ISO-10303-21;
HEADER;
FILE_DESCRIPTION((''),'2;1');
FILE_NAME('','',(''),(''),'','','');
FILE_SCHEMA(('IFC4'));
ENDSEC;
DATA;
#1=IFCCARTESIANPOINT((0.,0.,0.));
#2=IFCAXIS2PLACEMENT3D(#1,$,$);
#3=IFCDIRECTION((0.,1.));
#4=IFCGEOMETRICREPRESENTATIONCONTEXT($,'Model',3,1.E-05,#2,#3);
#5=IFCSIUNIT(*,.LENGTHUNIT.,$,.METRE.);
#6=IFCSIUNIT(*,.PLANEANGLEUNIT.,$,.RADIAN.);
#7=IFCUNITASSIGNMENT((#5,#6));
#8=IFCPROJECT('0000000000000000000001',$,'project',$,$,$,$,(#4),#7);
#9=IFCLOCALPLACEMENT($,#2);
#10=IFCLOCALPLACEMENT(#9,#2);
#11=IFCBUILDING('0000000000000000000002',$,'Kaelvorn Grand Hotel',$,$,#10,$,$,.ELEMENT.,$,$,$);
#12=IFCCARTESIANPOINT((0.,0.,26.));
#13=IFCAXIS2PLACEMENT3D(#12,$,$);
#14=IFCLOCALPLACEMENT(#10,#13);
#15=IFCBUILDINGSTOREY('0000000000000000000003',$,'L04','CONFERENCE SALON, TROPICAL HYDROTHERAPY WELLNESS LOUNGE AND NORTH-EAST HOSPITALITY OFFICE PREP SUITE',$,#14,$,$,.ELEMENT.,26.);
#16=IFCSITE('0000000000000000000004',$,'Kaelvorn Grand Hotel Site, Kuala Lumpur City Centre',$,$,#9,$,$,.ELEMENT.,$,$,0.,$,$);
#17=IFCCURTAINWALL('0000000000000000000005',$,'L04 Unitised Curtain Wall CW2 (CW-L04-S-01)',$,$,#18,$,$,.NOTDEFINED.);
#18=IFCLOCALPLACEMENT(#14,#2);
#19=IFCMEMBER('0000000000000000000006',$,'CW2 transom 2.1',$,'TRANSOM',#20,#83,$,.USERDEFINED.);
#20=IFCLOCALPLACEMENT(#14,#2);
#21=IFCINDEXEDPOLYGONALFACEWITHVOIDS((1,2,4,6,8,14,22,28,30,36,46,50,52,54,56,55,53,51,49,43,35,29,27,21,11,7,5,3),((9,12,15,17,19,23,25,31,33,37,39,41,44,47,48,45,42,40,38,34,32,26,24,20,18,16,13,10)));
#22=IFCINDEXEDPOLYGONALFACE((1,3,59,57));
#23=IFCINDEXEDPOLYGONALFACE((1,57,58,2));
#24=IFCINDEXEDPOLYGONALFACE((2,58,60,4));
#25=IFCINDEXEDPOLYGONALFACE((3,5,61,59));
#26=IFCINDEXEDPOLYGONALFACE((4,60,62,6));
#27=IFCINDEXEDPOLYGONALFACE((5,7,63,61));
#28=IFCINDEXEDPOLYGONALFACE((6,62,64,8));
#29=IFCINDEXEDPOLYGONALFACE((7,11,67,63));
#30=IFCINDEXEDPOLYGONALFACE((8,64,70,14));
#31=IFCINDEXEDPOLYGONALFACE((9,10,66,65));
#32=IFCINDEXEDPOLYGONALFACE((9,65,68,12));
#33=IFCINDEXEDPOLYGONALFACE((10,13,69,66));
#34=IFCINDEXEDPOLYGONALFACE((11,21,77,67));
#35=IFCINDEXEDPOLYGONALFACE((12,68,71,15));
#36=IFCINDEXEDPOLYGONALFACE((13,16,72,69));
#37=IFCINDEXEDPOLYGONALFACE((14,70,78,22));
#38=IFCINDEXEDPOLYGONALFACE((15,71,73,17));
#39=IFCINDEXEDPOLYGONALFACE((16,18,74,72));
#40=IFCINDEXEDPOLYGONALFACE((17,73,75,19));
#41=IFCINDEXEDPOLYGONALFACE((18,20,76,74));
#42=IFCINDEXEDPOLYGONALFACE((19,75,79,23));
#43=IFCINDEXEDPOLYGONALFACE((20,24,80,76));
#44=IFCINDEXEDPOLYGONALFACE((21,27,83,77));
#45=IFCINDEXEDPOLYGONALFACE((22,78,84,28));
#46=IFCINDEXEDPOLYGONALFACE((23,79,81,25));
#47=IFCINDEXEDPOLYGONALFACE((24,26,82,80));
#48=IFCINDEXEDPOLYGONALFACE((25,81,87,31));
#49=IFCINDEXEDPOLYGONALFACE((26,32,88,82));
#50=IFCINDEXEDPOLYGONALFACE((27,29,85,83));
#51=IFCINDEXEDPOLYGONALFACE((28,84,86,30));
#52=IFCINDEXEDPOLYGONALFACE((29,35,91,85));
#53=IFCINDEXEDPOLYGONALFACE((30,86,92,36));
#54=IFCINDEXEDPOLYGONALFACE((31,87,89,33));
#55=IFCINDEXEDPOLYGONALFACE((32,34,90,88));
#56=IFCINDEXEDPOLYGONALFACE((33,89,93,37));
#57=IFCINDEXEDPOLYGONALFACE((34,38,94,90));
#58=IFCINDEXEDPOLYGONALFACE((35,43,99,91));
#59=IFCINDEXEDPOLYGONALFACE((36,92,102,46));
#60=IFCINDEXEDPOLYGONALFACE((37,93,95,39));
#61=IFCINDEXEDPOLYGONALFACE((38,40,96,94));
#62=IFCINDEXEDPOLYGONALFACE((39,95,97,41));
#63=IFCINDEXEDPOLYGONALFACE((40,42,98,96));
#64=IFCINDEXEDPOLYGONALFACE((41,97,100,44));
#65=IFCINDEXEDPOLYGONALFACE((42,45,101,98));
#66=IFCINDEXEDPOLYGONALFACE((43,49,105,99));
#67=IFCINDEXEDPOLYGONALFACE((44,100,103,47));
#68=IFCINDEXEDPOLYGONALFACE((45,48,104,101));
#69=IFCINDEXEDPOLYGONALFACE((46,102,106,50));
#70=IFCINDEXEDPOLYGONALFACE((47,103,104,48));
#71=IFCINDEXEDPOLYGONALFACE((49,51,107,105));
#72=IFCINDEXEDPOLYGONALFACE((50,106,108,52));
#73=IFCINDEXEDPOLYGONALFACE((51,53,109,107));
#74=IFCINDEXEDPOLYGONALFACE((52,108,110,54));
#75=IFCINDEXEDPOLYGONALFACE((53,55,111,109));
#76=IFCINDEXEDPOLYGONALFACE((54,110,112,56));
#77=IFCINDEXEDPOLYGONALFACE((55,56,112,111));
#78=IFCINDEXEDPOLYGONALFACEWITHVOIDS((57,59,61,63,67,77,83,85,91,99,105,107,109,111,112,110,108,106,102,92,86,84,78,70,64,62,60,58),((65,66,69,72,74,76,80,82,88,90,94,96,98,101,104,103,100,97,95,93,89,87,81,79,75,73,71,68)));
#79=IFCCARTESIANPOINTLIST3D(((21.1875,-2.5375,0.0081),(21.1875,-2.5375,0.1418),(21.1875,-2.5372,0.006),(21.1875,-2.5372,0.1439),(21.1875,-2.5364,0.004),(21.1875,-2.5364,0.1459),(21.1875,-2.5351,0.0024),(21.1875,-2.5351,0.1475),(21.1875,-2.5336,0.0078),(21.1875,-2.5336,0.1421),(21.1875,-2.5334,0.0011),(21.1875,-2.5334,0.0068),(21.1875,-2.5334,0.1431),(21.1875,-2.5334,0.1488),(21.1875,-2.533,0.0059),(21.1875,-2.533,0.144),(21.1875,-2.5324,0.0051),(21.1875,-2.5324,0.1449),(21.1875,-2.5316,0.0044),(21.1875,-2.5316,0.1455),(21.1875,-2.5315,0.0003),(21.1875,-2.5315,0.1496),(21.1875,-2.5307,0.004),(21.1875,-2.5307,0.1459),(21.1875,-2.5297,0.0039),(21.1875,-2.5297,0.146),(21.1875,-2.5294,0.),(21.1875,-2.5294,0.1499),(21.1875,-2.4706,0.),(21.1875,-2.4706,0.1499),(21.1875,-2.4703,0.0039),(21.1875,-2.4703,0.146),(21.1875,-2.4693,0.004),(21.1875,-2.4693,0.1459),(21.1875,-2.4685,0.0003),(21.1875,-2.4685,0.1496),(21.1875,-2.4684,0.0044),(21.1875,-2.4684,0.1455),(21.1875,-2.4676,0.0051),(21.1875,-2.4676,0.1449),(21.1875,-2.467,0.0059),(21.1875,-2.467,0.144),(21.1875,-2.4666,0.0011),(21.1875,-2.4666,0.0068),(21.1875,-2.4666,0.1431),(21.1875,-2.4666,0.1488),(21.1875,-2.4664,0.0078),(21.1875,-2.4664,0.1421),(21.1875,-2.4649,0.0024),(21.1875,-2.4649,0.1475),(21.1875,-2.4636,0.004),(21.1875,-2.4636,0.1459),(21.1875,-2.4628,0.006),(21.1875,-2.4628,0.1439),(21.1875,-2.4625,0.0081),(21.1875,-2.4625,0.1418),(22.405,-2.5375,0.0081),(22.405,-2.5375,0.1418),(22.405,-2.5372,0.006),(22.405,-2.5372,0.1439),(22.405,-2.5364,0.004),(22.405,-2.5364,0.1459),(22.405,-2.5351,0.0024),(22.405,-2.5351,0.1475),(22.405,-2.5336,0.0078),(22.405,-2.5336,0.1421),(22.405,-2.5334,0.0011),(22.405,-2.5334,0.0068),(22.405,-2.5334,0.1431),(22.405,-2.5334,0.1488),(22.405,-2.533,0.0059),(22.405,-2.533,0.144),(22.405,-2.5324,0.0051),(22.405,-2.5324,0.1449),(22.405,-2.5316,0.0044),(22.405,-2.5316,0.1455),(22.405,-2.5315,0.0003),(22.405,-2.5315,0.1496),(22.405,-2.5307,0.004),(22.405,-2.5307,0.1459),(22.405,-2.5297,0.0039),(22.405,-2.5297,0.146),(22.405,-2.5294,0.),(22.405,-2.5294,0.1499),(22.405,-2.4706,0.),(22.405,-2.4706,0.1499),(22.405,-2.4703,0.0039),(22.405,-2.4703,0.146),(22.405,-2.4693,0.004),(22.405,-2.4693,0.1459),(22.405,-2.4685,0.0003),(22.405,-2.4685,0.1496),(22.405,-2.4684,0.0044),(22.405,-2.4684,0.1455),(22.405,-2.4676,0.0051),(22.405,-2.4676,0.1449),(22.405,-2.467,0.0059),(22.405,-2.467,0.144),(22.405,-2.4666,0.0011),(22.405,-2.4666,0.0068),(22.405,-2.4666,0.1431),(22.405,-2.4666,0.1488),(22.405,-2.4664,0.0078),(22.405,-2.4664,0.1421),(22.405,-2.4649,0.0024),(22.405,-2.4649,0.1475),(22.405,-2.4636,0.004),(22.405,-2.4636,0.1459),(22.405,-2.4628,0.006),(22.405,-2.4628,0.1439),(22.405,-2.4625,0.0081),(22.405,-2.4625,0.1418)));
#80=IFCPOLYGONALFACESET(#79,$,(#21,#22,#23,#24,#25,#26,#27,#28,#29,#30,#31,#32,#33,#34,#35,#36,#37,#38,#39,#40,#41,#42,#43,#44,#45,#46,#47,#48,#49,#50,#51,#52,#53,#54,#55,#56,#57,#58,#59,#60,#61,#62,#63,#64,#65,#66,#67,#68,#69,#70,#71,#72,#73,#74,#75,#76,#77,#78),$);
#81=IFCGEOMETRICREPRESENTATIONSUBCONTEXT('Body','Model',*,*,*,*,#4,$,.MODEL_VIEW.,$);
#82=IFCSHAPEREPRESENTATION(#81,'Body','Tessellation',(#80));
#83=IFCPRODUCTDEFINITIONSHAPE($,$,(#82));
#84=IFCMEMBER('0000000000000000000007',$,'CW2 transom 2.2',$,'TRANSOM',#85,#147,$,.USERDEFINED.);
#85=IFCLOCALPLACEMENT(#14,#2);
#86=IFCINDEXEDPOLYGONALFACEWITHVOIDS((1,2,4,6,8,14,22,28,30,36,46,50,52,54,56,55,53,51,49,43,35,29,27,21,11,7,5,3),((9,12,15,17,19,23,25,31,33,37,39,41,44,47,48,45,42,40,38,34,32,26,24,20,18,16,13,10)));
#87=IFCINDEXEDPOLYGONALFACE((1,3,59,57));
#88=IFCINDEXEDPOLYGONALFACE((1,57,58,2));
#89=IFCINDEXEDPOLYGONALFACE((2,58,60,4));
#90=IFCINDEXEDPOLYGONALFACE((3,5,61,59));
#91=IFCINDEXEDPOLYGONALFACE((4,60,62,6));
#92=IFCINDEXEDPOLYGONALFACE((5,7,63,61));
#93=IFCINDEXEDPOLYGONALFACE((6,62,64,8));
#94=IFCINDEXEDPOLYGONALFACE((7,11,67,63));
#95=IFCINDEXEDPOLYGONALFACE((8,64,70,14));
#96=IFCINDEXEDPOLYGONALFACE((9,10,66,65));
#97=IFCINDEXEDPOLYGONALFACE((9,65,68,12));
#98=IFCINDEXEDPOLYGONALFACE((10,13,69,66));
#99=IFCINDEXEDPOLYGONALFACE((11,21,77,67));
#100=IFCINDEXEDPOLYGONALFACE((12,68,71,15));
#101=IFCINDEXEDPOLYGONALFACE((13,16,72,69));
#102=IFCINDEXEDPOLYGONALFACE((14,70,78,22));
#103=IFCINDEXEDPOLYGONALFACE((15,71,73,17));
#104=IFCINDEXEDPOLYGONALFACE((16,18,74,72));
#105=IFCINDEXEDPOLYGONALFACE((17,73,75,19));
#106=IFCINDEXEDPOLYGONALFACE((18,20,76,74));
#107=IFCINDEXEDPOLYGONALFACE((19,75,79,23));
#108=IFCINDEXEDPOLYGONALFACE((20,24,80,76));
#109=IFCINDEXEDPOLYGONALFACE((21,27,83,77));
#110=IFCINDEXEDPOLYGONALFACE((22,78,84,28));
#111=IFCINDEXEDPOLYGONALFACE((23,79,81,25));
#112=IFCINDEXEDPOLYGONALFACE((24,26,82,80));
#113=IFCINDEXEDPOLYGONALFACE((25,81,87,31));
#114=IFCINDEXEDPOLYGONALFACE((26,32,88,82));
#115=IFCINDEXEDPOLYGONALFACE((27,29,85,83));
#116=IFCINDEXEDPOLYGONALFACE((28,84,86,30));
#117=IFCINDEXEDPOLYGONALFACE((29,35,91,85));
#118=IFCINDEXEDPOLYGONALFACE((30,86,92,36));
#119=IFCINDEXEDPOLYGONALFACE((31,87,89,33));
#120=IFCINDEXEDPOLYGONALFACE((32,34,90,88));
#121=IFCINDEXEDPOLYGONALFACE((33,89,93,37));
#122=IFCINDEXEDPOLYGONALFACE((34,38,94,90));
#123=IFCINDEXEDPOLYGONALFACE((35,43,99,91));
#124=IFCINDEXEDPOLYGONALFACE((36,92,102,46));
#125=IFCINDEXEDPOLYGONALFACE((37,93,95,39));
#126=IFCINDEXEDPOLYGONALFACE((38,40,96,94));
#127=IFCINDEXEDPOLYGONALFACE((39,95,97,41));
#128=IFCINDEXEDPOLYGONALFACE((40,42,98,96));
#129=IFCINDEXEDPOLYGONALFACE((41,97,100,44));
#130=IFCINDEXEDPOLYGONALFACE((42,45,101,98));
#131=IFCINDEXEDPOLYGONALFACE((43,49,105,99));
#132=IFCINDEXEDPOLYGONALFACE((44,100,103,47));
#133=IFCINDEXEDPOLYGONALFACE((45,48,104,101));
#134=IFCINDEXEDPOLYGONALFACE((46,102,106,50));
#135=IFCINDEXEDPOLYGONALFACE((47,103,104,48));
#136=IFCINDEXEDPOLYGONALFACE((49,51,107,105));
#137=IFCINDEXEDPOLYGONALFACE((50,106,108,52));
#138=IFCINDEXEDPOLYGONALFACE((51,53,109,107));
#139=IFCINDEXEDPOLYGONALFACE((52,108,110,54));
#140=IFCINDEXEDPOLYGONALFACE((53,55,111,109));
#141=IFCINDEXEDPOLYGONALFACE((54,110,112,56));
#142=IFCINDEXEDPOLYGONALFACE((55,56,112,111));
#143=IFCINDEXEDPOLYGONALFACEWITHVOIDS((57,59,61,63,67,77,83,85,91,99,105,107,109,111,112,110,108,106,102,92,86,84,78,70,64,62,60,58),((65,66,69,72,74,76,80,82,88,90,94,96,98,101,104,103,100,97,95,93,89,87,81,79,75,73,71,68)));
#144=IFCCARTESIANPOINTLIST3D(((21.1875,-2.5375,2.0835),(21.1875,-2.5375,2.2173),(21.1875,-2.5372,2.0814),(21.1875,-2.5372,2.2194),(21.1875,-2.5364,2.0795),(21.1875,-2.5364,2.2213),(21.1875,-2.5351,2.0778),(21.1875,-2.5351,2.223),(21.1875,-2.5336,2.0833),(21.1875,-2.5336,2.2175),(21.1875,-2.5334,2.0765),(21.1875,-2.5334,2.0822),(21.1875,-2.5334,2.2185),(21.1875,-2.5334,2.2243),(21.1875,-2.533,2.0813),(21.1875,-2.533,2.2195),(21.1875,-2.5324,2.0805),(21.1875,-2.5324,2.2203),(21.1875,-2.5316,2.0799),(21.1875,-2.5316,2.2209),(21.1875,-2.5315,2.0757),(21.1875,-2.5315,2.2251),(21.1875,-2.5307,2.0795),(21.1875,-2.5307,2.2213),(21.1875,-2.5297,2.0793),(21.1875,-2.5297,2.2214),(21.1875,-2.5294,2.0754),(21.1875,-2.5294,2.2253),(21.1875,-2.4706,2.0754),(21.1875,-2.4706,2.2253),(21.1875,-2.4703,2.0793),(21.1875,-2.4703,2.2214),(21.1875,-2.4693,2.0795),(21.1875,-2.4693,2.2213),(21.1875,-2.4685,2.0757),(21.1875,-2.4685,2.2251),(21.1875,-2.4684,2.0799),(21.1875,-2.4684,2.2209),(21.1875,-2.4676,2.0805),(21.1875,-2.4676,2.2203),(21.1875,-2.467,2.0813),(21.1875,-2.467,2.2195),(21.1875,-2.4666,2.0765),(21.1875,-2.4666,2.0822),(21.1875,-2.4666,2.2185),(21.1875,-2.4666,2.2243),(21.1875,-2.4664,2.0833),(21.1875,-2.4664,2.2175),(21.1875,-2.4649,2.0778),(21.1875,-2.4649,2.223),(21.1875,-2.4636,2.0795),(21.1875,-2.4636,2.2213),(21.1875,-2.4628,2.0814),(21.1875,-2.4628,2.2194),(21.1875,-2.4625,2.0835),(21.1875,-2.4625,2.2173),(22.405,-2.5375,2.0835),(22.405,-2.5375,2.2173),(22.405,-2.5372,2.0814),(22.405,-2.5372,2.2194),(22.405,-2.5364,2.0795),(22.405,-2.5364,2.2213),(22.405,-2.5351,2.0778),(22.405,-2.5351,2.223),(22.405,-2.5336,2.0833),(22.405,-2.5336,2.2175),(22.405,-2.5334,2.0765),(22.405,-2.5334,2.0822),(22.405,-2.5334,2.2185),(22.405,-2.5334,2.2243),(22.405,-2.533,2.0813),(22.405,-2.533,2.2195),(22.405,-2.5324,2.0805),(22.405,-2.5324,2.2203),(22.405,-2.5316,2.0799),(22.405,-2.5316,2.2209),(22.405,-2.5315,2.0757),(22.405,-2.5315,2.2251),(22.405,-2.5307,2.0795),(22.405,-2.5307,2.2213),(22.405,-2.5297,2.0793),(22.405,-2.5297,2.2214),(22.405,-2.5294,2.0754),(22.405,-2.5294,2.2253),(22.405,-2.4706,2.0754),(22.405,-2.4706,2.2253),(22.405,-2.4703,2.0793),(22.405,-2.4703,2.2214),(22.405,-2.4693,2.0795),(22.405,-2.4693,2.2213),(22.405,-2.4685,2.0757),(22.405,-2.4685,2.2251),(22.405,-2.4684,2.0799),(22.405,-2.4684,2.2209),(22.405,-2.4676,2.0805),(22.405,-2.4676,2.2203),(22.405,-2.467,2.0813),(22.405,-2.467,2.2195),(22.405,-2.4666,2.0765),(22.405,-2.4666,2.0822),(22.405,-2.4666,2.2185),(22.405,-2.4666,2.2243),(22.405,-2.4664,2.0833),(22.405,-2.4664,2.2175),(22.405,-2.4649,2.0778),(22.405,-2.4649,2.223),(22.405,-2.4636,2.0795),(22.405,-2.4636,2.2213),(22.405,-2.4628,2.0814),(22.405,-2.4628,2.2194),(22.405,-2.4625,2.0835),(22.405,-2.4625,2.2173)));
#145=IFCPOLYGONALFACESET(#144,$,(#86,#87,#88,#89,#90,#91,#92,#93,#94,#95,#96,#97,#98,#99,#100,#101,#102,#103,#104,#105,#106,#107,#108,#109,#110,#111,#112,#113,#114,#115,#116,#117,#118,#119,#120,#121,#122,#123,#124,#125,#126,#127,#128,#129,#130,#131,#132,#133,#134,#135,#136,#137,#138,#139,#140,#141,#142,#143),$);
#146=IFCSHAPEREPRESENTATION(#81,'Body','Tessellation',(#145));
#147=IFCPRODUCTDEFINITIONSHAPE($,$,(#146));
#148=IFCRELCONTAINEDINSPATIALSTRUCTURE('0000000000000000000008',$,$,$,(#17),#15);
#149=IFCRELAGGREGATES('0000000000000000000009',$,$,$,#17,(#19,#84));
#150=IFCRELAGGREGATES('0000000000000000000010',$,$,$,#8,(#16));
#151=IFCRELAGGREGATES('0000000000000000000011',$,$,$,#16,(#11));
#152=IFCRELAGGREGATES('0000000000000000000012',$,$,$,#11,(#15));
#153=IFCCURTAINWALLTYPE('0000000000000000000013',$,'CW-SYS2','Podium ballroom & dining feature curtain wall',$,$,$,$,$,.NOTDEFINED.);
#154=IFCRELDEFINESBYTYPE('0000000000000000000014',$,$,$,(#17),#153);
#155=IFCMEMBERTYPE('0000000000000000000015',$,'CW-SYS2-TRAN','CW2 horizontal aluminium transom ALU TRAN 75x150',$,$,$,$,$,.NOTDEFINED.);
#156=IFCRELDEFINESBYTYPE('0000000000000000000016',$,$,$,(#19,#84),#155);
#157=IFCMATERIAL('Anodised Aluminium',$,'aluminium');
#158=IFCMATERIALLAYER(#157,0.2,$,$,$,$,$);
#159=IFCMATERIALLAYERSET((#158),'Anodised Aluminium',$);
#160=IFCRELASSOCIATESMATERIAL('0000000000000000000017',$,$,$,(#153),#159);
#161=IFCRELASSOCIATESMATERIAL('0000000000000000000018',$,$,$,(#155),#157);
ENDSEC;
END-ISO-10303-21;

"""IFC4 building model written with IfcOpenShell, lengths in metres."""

from ifc_helpers import new_model, si_unit, direction, frame, origin, origin_2d, place, context, subcontext, project, spatial, hollow_rectangle, extrude, material, layer, layer_set, material_profile, profile_set, type_object, element, aggregate, save


model = new_model("IFC4")

# Units and contexts
model_context = context("Model", 3, precision=1e-05, world=origin(), true_north=direction((0.0, 1.0)))
body_context = subcontext(model_context, "Body", "Model", "MODEL_VIEW")
ifc_project = project(units=[si_unit("LENGTHUNIT", "METRE"), si_unit("PLANEANGLEUNIT", "RADIAN")], contexts=[model_context])

# Site, building, storey
site_placement = place(None, origin())
site = spatial("IfcSite", under=ifc_project, at=site_placement, Name="Kaelvorn Grand Hotel Site, Kuala Lumpur City Centre", CompositionType="ELEMENT", RefElevation=0.0)
building_placement = place(site_placement, origin())
building = spatial("IfcBuilding", under=site, at=building_placement, Name="Kaelvorn Grand Hotel", CompositionType="ELEMENT")
storey_placement = place(building_placement, frame((0.0, 0.0, 26.0)))
storey = spatial("IfcBuildingStorey", under=building, at=storey_placement, Name="L04", Description="CONFERENCE SALON, TROPICAL HYDROTHERAPY WELLNESS LOUNGE AND NORTH-EAST HOSPITALITY OFFICE PREP SUITE", CompositionType="ELEMENT", Elevation=26.0)

# Curtain wall, members
ifc_material_1 = material(Name="Anodised Aluminium", Category="aluminium")
ifc_layer_1 = layer(ifc_material_1, 0.2)
ifc_layer_set_1 = layer_set([ifc_layer_1], Name="Anodised Aluminium")
curtain_wall_type = type_object("IfcCurtainWallType", Name="CW-SYS2", Description="Podium ballroom & dining feature curtain wall", PredefinedType="NOTDEFINED", material=ifc_layer_set_1)
curtain_wall_placement = place(storey_placement, origin())
curtain_wall = element("IfcCurtainWall", 1, at=curtain_wall_placement, inside=storey, type_object=curtain_wall_type, Name="L04 Unitised Curtain Wall CW2 (CW-L04-S-01)", PredefinedType="NOTDEFINED")
ifc_material_profile_1 = material_profile(ifc_material_1, hollow_rectangle(XDim=0.075, YDim=0.1499, WallThickness=0.0039, InnerFilletRadius=0.0039, OuterFilletRadius=0.0081, at=origin_2d()), Name="ALU TRAN 75x150")
ifc_profile_set_1 = profile_set([ifc_material_profile_1], Name="Anodised Aluminium")
member_type_1 = type_object("IfcMemberType", Name="CW-SYS2-TRAN", Description="CW2 horizontal aluminium transom ALU TRAN 75x150", PredefinedType="NOTDEFINED", material=ifc_profile_set_1)
member_1_placement = place(storey_placement, frame((21.1875, -2.5, 0.075), z_axis=(1.0, 0.0, 0.0), x_axis=(0.0, 1.0, 0.0)))
member_1 = element("IfcMember", 2, at=member_1_placement, type_object=member_type_1, Name="CW2 transom 2.1", ObjectType="TRANSOM", PredefinedType="USERDEFINED", context=body_context, shape_type="SweptSolid", body=[
    extrude(hollow_rectangle(XDim=0.075, YDim=0.1499, WallThickness=0.0039, InnerFilletRadius=0.0039, OuterFilletRadius=0.0081, at=origin_2d()), origin(), (0.0, 0.0, 1.0), 1.2175),
])
member_2_placement = place(storey_placement, frame((21.1875, -2.5, 2.1504), z_axis=(1.0, 0.0, 0.0), x_axis=(0.0, 1.0, 0.0)))
member_2 = element("IfcMember", 3, at=member_2_placement, type_object=member_type_1, Name="CW2 transom 2.2", ObjectType="TRANSOM", PredefinedType="USERDEFINED", context=body_context, shape_type="SweptSolid", body=[
    extrude(hollow_rectangle(XDim=0.075, YDim=0.1499, WallThickness=0.0039, InnerFilletRadius=0.0039, OuterFilletRadius=0.0081, at=origin_2d()), origin(), (0.0, 0.0, 1.0), 1.2175),
])
aggregate(curtain_wall, [member_1, member_2])

save(model, "model.ifc")
